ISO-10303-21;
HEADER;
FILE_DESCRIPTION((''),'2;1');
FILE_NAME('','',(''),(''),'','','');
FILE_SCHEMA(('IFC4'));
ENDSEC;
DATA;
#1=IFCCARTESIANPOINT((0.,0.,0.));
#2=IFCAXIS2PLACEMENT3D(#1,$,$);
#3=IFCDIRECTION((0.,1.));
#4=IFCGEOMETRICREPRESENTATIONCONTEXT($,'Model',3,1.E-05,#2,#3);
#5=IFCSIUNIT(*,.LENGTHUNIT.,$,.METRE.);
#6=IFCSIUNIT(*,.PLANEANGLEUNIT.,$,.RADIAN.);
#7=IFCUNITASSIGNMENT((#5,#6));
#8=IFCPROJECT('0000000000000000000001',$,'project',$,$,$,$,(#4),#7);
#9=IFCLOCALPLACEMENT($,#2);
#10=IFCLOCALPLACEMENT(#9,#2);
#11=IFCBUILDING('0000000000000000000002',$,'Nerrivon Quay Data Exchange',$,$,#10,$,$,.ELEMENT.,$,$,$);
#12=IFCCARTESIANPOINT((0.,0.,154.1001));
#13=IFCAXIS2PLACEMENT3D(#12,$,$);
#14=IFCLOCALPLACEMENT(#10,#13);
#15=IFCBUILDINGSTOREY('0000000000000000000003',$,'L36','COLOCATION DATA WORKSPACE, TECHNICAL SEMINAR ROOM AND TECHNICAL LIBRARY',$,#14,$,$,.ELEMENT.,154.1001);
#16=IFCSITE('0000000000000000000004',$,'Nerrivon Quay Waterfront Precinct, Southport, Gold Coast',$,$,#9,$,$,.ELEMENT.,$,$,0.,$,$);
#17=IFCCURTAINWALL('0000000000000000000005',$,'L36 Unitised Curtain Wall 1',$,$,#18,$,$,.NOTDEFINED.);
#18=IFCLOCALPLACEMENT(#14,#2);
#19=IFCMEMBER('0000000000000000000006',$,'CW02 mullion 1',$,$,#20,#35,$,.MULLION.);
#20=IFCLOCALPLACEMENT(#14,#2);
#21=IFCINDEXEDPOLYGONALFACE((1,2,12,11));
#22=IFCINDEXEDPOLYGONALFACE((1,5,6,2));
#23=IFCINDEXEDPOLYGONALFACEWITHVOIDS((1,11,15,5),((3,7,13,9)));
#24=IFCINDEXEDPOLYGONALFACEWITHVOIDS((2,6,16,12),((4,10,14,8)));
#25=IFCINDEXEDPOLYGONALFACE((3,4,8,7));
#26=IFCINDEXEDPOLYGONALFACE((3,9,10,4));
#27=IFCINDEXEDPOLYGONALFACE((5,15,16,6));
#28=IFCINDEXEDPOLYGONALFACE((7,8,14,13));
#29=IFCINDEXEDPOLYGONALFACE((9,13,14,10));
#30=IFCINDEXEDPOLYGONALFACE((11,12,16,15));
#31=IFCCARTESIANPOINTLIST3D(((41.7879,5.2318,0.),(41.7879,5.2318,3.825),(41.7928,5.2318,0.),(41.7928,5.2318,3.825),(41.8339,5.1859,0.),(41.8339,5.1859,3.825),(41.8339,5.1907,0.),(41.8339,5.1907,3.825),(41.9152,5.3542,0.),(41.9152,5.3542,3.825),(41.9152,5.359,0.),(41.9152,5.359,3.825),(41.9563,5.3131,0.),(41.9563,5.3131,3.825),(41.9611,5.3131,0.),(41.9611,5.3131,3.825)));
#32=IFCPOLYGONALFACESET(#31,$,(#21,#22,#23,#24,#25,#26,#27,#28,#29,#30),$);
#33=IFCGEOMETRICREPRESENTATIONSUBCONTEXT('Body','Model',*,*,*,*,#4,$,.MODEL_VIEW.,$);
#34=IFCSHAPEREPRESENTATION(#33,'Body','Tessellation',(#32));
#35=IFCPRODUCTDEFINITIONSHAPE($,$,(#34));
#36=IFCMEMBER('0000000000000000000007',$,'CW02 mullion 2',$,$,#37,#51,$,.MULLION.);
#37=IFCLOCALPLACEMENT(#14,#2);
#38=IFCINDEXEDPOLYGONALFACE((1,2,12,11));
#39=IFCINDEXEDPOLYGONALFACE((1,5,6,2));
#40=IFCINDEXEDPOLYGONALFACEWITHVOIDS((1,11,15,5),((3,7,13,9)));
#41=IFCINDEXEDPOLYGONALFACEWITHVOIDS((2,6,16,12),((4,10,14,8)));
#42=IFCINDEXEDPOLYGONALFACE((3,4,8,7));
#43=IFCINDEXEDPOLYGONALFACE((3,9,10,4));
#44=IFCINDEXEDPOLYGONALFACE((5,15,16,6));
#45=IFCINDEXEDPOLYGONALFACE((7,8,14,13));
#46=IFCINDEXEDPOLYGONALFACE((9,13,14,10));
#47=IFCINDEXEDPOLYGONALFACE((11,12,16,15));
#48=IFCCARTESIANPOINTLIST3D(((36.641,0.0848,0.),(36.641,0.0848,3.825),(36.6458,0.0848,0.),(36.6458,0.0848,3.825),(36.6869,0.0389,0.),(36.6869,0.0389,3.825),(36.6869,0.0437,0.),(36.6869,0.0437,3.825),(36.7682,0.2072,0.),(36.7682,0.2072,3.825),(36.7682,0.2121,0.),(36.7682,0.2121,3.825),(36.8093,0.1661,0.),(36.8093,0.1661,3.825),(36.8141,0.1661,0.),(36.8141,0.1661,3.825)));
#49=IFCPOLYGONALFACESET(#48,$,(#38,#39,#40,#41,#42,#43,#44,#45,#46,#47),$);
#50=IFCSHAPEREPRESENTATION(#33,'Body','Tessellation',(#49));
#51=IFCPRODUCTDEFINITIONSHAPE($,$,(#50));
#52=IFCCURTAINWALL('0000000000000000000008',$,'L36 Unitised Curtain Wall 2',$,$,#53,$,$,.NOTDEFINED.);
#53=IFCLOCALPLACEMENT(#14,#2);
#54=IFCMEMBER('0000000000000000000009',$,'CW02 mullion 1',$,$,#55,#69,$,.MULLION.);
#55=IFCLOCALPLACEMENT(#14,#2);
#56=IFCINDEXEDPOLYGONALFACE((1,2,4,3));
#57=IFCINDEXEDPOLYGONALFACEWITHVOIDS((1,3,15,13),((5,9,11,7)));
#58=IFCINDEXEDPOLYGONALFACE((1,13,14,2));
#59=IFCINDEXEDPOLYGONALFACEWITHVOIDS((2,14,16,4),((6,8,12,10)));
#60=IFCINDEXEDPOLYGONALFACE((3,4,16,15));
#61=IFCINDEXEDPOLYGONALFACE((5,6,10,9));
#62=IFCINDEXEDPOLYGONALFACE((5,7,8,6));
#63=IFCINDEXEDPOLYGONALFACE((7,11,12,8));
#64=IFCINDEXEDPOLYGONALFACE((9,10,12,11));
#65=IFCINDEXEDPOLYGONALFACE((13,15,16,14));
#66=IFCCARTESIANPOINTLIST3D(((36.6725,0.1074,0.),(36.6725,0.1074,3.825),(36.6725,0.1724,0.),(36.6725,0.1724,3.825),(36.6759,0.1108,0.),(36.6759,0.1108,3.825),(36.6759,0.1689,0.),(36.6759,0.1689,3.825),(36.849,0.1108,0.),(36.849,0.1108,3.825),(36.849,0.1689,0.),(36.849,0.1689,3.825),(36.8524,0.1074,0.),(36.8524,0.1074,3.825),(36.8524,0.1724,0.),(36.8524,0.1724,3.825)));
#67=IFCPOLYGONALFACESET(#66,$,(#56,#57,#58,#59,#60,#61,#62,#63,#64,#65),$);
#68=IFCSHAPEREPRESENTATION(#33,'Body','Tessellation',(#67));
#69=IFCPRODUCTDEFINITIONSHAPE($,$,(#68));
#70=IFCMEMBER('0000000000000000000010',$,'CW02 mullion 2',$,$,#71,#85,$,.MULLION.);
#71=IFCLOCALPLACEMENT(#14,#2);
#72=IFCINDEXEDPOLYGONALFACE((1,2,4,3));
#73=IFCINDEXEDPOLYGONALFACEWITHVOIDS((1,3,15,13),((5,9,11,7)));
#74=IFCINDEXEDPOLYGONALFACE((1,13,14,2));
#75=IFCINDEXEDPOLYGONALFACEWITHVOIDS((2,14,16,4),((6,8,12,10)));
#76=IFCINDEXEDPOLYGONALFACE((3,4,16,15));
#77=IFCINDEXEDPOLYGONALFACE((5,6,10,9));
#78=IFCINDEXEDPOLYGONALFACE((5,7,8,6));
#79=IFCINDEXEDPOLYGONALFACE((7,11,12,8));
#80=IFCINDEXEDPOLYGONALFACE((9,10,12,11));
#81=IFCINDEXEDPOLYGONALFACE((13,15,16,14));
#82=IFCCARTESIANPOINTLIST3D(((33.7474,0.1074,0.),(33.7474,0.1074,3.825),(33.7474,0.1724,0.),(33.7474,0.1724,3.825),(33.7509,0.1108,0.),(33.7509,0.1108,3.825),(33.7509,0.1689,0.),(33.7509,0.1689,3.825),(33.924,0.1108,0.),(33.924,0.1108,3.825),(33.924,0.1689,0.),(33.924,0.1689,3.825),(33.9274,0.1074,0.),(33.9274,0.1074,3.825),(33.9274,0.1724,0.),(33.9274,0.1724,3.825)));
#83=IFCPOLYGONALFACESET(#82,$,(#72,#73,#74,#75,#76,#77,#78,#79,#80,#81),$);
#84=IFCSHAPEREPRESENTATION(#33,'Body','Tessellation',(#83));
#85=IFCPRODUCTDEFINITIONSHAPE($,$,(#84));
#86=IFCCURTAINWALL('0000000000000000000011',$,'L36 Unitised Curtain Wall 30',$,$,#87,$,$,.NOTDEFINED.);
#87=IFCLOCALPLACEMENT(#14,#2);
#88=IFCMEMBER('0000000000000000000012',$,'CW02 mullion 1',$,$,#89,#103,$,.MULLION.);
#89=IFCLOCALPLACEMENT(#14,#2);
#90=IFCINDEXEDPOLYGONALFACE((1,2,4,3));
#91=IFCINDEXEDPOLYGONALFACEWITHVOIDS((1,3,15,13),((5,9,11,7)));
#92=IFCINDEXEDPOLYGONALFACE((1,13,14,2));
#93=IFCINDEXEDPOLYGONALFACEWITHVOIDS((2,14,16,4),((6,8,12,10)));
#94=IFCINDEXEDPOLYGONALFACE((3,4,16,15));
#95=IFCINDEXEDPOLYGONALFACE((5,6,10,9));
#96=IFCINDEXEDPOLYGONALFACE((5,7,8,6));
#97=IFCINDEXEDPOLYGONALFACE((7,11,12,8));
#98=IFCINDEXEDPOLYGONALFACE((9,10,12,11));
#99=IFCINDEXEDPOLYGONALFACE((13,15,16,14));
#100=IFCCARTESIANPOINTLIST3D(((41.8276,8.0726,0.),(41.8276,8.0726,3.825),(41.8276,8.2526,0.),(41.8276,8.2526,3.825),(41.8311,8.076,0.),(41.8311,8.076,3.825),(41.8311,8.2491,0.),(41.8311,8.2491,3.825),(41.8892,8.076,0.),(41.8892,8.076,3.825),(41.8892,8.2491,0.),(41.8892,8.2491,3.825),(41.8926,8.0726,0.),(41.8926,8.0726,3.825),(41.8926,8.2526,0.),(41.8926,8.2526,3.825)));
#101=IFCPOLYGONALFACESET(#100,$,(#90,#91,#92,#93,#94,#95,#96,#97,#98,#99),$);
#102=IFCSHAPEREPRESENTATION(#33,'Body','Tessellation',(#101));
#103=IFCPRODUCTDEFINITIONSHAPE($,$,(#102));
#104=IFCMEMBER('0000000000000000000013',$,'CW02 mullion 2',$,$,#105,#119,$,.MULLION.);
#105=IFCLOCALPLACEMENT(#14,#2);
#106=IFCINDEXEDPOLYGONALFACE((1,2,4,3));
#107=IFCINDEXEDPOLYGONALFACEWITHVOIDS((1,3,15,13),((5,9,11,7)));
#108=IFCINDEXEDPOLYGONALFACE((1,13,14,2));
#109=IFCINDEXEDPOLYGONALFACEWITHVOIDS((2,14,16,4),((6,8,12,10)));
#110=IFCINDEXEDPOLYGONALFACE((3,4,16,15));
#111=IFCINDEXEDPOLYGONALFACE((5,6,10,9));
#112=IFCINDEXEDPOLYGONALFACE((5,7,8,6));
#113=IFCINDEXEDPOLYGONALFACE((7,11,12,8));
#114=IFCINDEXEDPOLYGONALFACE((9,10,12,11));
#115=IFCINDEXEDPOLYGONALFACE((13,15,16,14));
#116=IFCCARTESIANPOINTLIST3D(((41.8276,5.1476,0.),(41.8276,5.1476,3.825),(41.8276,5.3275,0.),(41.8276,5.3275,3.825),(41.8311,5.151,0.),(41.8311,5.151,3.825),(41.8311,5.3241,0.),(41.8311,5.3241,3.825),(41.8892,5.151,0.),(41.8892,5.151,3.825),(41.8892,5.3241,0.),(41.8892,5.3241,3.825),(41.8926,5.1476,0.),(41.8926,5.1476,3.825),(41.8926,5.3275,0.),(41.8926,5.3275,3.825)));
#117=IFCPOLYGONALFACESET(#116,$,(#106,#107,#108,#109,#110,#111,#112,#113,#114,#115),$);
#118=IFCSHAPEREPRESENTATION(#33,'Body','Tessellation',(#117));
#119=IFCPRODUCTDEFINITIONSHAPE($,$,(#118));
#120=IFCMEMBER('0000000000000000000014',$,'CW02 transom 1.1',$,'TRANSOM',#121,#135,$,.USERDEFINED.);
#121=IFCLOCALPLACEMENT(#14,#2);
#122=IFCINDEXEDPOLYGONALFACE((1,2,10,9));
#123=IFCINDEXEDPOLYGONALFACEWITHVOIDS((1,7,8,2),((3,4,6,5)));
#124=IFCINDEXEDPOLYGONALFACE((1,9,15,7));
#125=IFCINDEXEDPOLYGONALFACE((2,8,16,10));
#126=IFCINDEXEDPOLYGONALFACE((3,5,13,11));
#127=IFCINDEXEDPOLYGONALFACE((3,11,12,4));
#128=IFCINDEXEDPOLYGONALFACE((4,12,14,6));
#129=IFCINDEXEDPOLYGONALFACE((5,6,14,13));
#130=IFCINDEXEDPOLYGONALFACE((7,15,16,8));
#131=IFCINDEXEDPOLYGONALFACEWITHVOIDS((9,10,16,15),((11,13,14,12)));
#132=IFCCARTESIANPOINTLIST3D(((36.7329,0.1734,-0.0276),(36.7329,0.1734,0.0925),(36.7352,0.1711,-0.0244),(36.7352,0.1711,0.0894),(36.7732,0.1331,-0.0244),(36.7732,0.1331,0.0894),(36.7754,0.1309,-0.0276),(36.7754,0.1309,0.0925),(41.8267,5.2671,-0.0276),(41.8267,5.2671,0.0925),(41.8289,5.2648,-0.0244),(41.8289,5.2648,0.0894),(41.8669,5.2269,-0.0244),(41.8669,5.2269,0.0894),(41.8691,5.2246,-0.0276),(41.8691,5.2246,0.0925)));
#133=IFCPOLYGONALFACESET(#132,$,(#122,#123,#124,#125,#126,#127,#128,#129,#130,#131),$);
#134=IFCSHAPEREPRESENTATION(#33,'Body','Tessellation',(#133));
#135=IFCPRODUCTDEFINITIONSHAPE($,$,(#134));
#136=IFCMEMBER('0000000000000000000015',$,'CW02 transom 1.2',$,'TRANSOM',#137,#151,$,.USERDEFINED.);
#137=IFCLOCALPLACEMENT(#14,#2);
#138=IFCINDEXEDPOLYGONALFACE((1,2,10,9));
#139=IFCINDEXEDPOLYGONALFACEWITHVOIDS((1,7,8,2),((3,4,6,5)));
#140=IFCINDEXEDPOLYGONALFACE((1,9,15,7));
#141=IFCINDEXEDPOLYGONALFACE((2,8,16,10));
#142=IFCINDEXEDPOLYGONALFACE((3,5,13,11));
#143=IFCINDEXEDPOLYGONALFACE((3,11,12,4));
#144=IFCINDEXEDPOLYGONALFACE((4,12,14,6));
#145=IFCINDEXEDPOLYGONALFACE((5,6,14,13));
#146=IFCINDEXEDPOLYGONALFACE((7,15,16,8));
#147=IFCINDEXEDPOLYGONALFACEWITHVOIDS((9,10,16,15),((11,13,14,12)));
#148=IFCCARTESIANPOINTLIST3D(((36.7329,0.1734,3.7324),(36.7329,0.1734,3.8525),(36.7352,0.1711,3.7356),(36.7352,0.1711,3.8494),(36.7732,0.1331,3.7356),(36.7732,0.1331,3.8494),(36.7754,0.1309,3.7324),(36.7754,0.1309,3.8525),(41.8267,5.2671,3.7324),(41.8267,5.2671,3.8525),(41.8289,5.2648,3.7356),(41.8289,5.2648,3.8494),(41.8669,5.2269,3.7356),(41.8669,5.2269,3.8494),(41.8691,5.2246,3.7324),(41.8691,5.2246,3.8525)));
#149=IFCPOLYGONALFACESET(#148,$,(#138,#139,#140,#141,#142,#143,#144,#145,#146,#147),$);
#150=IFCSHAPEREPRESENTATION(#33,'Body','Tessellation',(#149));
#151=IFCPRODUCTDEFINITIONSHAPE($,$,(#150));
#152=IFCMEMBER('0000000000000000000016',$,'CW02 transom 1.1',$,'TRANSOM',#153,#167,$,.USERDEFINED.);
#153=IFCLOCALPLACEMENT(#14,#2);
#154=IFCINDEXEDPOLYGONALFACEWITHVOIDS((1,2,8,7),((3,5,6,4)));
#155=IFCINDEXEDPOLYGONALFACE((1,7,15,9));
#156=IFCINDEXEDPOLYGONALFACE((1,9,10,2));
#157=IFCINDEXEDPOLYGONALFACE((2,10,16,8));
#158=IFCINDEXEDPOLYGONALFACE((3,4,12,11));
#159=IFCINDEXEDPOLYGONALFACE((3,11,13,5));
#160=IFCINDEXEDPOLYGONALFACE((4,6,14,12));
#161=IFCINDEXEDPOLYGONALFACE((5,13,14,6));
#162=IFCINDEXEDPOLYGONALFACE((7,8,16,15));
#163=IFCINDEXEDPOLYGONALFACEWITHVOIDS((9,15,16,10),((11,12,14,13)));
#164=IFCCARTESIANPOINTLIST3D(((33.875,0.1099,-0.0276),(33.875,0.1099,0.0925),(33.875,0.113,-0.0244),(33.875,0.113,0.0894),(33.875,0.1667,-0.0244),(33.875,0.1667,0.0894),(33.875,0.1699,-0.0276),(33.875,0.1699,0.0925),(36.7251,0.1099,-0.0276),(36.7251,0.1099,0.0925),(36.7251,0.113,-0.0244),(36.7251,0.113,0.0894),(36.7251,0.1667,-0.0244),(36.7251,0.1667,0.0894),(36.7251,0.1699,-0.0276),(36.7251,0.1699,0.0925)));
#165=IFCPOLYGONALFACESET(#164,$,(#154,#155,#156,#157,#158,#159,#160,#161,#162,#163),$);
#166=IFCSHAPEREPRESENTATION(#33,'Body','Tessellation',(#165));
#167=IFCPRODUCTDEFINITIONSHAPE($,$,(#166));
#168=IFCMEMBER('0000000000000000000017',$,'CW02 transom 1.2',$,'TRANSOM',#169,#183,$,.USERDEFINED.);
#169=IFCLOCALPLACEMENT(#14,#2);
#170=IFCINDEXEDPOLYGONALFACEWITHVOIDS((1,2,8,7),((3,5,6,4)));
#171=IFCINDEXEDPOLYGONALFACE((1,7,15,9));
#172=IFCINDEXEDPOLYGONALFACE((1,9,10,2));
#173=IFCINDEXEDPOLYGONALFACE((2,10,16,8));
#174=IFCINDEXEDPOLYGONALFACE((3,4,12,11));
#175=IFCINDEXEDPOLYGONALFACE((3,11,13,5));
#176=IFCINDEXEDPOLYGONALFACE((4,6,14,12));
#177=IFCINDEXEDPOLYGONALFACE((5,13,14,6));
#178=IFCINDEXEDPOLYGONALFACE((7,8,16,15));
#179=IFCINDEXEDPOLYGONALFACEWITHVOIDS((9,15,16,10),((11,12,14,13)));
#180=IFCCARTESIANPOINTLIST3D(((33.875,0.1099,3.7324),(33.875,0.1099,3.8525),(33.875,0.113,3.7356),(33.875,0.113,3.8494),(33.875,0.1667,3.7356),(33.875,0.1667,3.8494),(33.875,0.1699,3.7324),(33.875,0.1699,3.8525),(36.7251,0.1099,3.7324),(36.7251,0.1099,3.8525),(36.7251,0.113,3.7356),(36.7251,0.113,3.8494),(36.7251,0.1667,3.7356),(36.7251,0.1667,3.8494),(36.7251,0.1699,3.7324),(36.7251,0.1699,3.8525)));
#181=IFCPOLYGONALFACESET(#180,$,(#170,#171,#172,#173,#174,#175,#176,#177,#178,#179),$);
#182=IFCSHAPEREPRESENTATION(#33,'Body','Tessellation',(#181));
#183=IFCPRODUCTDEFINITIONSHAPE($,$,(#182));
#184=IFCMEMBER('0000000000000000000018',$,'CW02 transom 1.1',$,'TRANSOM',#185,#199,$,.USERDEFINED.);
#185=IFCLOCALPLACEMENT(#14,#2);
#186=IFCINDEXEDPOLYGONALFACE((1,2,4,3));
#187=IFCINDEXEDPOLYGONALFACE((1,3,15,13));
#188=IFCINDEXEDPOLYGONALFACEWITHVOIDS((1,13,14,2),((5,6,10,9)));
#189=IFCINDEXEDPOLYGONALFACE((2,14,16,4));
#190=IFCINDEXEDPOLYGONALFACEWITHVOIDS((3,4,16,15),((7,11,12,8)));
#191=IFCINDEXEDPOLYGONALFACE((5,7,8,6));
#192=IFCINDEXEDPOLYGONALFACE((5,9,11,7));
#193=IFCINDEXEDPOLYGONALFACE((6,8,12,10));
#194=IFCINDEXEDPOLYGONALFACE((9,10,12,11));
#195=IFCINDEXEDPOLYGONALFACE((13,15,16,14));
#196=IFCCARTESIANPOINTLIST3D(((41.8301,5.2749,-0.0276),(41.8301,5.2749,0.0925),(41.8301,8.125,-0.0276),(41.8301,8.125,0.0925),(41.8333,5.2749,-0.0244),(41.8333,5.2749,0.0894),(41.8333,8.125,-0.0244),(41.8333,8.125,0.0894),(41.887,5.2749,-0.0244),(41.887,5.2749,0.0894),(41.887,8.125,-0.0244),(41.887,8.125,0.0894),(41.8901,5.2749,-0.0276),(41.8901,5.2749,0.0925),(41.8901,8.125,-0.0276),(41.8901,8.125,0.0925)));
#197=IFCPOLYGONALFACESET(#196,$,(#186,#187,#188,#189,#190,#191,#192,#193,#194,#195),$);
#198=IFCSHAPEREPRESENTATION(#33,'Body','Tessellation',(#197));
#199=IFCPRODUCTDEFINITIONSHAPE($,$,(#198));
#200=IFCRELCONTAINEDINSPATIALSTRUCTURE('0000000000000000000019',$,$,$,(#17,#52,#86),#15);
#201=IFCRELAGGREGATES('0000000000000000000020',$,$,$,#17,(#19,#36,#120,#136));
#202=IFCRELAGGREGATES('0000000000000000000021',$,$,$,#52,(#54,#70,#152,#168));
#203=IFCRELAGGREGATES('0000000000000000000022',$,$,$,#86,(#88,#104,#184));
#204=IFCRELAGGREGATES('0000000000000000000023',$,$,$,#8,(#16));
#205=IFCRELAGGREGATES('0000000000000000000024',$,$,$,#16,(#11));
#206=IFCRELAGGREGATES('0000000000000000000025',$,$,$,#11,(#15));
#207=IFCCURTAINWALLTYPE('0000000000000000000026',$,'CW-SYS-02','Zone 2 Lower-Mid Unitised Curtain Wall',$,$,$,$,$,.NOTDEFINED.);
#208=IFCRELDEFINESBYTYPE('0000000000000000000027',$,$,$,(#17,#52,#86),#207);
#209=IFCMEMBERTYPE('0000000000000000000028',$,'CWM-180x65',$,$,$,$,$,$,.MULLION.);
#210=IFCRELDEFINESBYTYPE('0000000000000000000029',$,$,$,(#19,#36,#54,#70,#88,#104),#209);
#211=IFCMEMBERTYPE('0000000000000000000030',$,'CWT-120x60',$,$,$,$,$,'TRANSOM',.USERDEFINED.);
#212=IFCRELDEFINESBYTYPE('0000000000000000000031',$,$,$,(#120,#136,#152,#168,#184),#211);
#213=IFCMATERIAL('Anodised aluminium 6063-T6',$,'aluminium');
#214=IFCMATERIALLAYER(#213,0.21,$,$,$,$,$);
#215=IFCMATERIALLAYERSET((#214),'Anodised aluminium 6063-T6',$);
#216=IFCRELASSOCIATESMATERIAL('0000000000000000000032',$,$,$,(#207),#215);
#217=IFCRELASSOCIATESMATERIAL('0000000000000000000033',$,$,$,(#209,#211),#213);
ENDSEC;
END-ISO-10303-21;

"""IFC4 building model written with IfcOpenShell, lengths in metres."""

from ifc_helpers import new_model, si_unit, direction, frame, origin, origin_2d, place, context, subcontext, project, spatial, hollow_rectangle, extrude, material, layer, layer_set, material_profile, profile_set, type_object, element, aggregate, save


model = new_model("IFC4")

# Units and contexts
model_context = context("Model", 3, precision=1e-05, world=origin(), true_north=direction((0.0, 1.0)))
body_context = subcontext(model_context, "Body", "Model", "MODEL_VIEW")
ifc_project = project(units=[si_unit("LENGTHUNIT", "METRE"), si_unit("PLANEANGLEUNIT", "RADIAN")], contexts=[model_context])

# Site, building, storey
site_placement = place(None, origin())
site = spatial("IfcSite", under=ifc_project, at=site_placement, Name="Nerrivon Quay Waterfront Precinct, Southport, Gold Coast", CompositionType="ELEMENT", RefElevation=0.0)
building_placement = place(site_placement, origin())
building = spatial("IfcBuilding", under=site, at=building_placement, Name="Nerrivon Quay Data Exchange", CompositionType="ELEMENT")
storey_placement = place(building_placement, frame((0.0, 0.0, 154.1001)))
storey = spatial("IfcBuildingStorey", under=building, at=storey_placement, Name="L36", Description="COLOCATION DATA WORKSPACE, TECHNICAL SEMINAR ROOM AND TECHNICAL LIBRARY", CompositionType="ELEMENT", Elevation=154.1001)

# Curtain walls, members
ifc_material_1 = material(Name="Anodised aluminium 6063-T6", Category="aluminium")
ifc_layer_1 = layer(ifc_material_1, 0.21)
ifc_layer_set_1 = layer_set([ifc_layer_1], Name="Anodised aluminium 6063-T6")
curtain_wall_type = type_object("IfcCurtainWallType", Name="CW-SYS-02", Description="Zone 2 Lower-Mid Unitised Curtain Wall", PredefinedType="NOTDEFINED", material=ifc_layer_set_1)
curtain_wall_1_placement = place(storey_placement, origin())
curtain_wall_1 = element("IfcCurtainWall", 1, at=curtain_wall_1_placement, inside=storey, type_object=curtain_wall_type, Name="L36 Unitised Curtain Wall 1", PredefinedType="NOTDEFINED")
ifc_material_profile_1 = material_profile(ifc_material_1, hollow_rectangle(XDim=0.0649, YDim=0.1799, WallThickness=0.0034, at=origin_2d()), Name="ALU-MULL-180x65")
ifc_profile_set_1 = profile_set([ifc_material_profile_1], Name="Anodised aluminium 6063-T6")
member_type_1 = type_object("IfcMemberType", Name="CWM-180x65", PredefinedType="MULLION", material=ifc_profile_set_1)
member_1_placement = place(storey_placement, frame((41.8745, 5.2725, 0.0), z_axis=(0.0, 0.0, 1.0), x_axis=(0.707107, -0.707107, 0.0)))
member_1 = element("IfcMember", 2, at=member_1_placement, type_object=member_type_1, Name="CW02 mullion 1", PredefinedType="MULLION", context=body_context, shape_type="SweptSolid", body=[
    extrude(hollow_rectangle(XDim=0.0649, YDim=0.1799, WallThickness=0.0034, at=origin_2d()), origin(), (0.0, 0.0, 1.0), 3.825),
])
member_2_placement = place(storey_placement, frame((36.7275, 0.1255, 0.0), z_axis=(0.0, 0.0, 1.0), x_axis=(0.707107, -0.707107, 0.0)))
member_2 = element("IfcMember", 3, at=member_2_placement, type_object=member_type_1, Name="CW02 mullion 2", PredefinedType="MULLION", context=body_context, shape_type="SweptSolid", body=[
    extrude(hollow_rectangle(XDim=0.0649, YDim=0.1799, WallThickness=0.0034, at=origin_2d()), origin(), (0.0, 0.0, 1.0), 3.825),
])
curtain_wall_2_placement = place(storey_placement, origin())
curtain_wall_2 = element("IfcCurtainWall", 4, at=curtain_wall_2_placement, inside=storey, type_object=curtain_wall_type, Name="L36 Unitised Curtain Wall 2", PredefinedType="NOTDEFINED")
member_3_placement = place(storey_placement, frame((36.7625, 0.1399, 0.0), z_axis=(0.0, 0.0, 1.0), x_axis=(0.0, -1.0, 0.0)))
member_3 = element("IfcMember", 5, at=member_3_placement, type_object=member_type_1, Name="CW02 mullion 1", PredefinedType="MULLION", context=body_context, shape_type="SweptSolid", body=[
    extrude(hollow_rectangle(XDim=0.0649, YDim=0.1799, WallThickness=0.0034, at=origin_2d()), origin(), (0.0, 0.0, 1.0), 3.825),
])
member_4_placement = place(storey_placement, frame((33.8374, 0.1399, 0.0), z_axis=(0.0, 0.0, 1.0), x_axis=(0.0, -1.0, 0.0)))
member_4 = element("IfcMember", 6, at=member_4_placement, type_object=member_type_1, Name="CW02 mullion 2", PredefinedType="MULLION", context=body_context, shape_type="SweptSolid", body=[
    extrude(hollow_rectangle(XDim=0.0649, YDim=0.1799, WallThickness=0.0034, at=origin_2d()), origin(), (0.0, 0.0, 1.0), 3.825),
])
curtain_wall_3_placement = place(storey_placement, origin())
curtain_wall_3 = element("IfcCurtainWall", 7, at=curtain_wall_3_placement, inside=storey, type_object=curtain_wall_type, Name="L36 Unitised Curtain Wall 30", PredefinedType="NOTDEFINED")
member_5_placement = place(storey_placement, frame((41.8601, 8.1626, 0.0), z_axis=(0.0, 0.0, 1.0), x_axis=(1.0, 0.0, 0.0)))
member_5 = element("IfcMember", 8, at=member_5_placement, type_object=member_type_1, Name="CW02 mullion 1", PredefinedType="MULLION", context=body_context, shape_type="SweptSolid", body=[
    extrude(hollow_rectangle(XDim=0.0649, YDim=0.1799, WallThickness=0.0034, at=origin_2d()), origin(), (0.0, 0.0, 1.0), 3.825),
])
member_6_placement = place(storey_placement, frame((41.8601, 5.2375, 0.0), z_axis=(0.0, 0.0, 1.0), x_axis=(1.0, 0.0, 0.0)))
member_6 = element("IfcMember", 9, at=member_6_placement, type_object=member_type_1, Name="CW02 mullion 2", PredefinedType="MULLION", context=body_context, shape_type="SweptSolid", body=[
    extrude(hollow_rectangle(XDim=0.0649, YDim=0.1799, WallThickness=0.0034, at=origin_2d()), origin(), (0.0, 0.0, 1.0), 3.825),
])

# Members
ifc_material_profile_2 = material_profile(ifc_material_1, hollow_rectangle(XDim=0.0601, YDim=0.1201, WallThickness=0.0032, at=origin_2d()), Name="ALU-TRAN-120x60")
ifc_profile_set_2 = profile_set([ifc_material_profile_2], Name="Anodised aluminium 6063-T6")
member_type_2 = type_object("IfcMemberType", Name="CWT-120x60", ElementType="TRANSOM", PredefinedType="USERDEFINED", material=ifc_profile_set_2)
member_7_placement = place(storey_placement, frame((41.8479, 5.2458, 0.0325), z_axis=(-0.707107, -0.707107, 0.0), x_axis=(0.707107, -0.707107, 0.0)))
member_7 = element("IfcMember", 10, at=member_7_placement, type_object=member_type_2, Name="CW02 transom 1.1", ObjectType="TRANSOM", PredefinedType="USERDEFINED", context=body_context, shape_type="SweptSolid", body=[
    extrude(hollow_rectangle(XDim=0.0601, YDim=0.1201, WallThickness=0.0032, at=origin_2d()), origin(), (0.0, 0.0, 1.0), 7.2036),
])
member_8_placement = place(storey_placement, frame((41.8479, 5.2458, 3.7925), z_axis=(-0.707107, -0.707107, 0.0), x_axis=(0.707107, -0.707107, 0.0)))
member_8 = element("IfcMember", 11, at=member_8_placement, type_object=member_type_2, Name="CW02 transom 1.2", ObjectType="TRANSOM", PredefinedType="USERDEFINED", context=body_context, shape_type="SweptSolid", body=[
    extrude(hollow_rectangle(XDim=0.0601, YDim=0.1201, WallThickness=0.0032, at=origin_2d()), origin(), (0.0, 0.0, 1.0), 7.2036),
])
member_9_placement = place(storey_placement, frame((36.7251, 0.1399, 0.0325), z_axis=(-1.0, 0.0, 0.0), x_axis=(0.0, -1.0, 0.0)))
member_9 = element("IfcMember", 12, at=member_9_placement, type_object=member_type_2, Name="CW02 transom 1.1", ObjectType="TRANSOM", PredefinedType="USERDEFINED", context=body_context, shape_type="SweptSolid", body=[
    extrude(hollow_rectangle(XDim=0.0601, YDim=0.1201, WallThickness=0.0032, at=origin_2d()), origin(), (0.0, 0.0, 1.0), 2.8501),
])
member_10_placement = place(storey_placement, frame((36.7251, 0.1399, 3.7925), z_axis=(-1.0, 0.0, 0.0), x_axis=(0.0, -1.0, 0.0)))
member_10 = element("IfcMember", 13, at=member_10_placement, type_object=member_type_2, Name="CW02 transom 1.2", ObjectType="TRANSOM", PredefinedType="USERDEFINED", context=body_context, shape_type="SweptSolid", body=[
    extrude(hollow_rectangle(XDim=0.0601, YDim=0.1201, WallThickness=0.0032, at=origin_2d()), origin(), (0.0, 0.0, 1.0), 2.8501),
])
member_11_placement = place(storey_placement, frame((41.8601, 8.125, 0.0325), z_axis=(0.0, -1.0, 0.0), x_axis=(1.0, 0.0, 0.0)))
member_11 = element("IfcMember", 14, at=member_11_placement, type_object=member_type_2, Name="CW02 transom 1.1", ObjectType="TRANSOM", PredefinedType="USERDEFINED", context=body_context, shape_type="SweptSolid", body=[
    extrude(hollow_rectangle(XDim=0.0601, YDim=0.1201, WallThickness=0.0032, at=origin_2d()), origin(), (0.0, 0.0, 1.0), 2.8501),
])

aggregate(curtain_wall_1, [member_1, member_2, member_7, member_8])
aggregate(curtain_wall_2, [member_3, member_4, member_9, member_10])
aggregate(curtain_wall_3, [member_5, member_6, member_11])

save(model, "model.ifc")
